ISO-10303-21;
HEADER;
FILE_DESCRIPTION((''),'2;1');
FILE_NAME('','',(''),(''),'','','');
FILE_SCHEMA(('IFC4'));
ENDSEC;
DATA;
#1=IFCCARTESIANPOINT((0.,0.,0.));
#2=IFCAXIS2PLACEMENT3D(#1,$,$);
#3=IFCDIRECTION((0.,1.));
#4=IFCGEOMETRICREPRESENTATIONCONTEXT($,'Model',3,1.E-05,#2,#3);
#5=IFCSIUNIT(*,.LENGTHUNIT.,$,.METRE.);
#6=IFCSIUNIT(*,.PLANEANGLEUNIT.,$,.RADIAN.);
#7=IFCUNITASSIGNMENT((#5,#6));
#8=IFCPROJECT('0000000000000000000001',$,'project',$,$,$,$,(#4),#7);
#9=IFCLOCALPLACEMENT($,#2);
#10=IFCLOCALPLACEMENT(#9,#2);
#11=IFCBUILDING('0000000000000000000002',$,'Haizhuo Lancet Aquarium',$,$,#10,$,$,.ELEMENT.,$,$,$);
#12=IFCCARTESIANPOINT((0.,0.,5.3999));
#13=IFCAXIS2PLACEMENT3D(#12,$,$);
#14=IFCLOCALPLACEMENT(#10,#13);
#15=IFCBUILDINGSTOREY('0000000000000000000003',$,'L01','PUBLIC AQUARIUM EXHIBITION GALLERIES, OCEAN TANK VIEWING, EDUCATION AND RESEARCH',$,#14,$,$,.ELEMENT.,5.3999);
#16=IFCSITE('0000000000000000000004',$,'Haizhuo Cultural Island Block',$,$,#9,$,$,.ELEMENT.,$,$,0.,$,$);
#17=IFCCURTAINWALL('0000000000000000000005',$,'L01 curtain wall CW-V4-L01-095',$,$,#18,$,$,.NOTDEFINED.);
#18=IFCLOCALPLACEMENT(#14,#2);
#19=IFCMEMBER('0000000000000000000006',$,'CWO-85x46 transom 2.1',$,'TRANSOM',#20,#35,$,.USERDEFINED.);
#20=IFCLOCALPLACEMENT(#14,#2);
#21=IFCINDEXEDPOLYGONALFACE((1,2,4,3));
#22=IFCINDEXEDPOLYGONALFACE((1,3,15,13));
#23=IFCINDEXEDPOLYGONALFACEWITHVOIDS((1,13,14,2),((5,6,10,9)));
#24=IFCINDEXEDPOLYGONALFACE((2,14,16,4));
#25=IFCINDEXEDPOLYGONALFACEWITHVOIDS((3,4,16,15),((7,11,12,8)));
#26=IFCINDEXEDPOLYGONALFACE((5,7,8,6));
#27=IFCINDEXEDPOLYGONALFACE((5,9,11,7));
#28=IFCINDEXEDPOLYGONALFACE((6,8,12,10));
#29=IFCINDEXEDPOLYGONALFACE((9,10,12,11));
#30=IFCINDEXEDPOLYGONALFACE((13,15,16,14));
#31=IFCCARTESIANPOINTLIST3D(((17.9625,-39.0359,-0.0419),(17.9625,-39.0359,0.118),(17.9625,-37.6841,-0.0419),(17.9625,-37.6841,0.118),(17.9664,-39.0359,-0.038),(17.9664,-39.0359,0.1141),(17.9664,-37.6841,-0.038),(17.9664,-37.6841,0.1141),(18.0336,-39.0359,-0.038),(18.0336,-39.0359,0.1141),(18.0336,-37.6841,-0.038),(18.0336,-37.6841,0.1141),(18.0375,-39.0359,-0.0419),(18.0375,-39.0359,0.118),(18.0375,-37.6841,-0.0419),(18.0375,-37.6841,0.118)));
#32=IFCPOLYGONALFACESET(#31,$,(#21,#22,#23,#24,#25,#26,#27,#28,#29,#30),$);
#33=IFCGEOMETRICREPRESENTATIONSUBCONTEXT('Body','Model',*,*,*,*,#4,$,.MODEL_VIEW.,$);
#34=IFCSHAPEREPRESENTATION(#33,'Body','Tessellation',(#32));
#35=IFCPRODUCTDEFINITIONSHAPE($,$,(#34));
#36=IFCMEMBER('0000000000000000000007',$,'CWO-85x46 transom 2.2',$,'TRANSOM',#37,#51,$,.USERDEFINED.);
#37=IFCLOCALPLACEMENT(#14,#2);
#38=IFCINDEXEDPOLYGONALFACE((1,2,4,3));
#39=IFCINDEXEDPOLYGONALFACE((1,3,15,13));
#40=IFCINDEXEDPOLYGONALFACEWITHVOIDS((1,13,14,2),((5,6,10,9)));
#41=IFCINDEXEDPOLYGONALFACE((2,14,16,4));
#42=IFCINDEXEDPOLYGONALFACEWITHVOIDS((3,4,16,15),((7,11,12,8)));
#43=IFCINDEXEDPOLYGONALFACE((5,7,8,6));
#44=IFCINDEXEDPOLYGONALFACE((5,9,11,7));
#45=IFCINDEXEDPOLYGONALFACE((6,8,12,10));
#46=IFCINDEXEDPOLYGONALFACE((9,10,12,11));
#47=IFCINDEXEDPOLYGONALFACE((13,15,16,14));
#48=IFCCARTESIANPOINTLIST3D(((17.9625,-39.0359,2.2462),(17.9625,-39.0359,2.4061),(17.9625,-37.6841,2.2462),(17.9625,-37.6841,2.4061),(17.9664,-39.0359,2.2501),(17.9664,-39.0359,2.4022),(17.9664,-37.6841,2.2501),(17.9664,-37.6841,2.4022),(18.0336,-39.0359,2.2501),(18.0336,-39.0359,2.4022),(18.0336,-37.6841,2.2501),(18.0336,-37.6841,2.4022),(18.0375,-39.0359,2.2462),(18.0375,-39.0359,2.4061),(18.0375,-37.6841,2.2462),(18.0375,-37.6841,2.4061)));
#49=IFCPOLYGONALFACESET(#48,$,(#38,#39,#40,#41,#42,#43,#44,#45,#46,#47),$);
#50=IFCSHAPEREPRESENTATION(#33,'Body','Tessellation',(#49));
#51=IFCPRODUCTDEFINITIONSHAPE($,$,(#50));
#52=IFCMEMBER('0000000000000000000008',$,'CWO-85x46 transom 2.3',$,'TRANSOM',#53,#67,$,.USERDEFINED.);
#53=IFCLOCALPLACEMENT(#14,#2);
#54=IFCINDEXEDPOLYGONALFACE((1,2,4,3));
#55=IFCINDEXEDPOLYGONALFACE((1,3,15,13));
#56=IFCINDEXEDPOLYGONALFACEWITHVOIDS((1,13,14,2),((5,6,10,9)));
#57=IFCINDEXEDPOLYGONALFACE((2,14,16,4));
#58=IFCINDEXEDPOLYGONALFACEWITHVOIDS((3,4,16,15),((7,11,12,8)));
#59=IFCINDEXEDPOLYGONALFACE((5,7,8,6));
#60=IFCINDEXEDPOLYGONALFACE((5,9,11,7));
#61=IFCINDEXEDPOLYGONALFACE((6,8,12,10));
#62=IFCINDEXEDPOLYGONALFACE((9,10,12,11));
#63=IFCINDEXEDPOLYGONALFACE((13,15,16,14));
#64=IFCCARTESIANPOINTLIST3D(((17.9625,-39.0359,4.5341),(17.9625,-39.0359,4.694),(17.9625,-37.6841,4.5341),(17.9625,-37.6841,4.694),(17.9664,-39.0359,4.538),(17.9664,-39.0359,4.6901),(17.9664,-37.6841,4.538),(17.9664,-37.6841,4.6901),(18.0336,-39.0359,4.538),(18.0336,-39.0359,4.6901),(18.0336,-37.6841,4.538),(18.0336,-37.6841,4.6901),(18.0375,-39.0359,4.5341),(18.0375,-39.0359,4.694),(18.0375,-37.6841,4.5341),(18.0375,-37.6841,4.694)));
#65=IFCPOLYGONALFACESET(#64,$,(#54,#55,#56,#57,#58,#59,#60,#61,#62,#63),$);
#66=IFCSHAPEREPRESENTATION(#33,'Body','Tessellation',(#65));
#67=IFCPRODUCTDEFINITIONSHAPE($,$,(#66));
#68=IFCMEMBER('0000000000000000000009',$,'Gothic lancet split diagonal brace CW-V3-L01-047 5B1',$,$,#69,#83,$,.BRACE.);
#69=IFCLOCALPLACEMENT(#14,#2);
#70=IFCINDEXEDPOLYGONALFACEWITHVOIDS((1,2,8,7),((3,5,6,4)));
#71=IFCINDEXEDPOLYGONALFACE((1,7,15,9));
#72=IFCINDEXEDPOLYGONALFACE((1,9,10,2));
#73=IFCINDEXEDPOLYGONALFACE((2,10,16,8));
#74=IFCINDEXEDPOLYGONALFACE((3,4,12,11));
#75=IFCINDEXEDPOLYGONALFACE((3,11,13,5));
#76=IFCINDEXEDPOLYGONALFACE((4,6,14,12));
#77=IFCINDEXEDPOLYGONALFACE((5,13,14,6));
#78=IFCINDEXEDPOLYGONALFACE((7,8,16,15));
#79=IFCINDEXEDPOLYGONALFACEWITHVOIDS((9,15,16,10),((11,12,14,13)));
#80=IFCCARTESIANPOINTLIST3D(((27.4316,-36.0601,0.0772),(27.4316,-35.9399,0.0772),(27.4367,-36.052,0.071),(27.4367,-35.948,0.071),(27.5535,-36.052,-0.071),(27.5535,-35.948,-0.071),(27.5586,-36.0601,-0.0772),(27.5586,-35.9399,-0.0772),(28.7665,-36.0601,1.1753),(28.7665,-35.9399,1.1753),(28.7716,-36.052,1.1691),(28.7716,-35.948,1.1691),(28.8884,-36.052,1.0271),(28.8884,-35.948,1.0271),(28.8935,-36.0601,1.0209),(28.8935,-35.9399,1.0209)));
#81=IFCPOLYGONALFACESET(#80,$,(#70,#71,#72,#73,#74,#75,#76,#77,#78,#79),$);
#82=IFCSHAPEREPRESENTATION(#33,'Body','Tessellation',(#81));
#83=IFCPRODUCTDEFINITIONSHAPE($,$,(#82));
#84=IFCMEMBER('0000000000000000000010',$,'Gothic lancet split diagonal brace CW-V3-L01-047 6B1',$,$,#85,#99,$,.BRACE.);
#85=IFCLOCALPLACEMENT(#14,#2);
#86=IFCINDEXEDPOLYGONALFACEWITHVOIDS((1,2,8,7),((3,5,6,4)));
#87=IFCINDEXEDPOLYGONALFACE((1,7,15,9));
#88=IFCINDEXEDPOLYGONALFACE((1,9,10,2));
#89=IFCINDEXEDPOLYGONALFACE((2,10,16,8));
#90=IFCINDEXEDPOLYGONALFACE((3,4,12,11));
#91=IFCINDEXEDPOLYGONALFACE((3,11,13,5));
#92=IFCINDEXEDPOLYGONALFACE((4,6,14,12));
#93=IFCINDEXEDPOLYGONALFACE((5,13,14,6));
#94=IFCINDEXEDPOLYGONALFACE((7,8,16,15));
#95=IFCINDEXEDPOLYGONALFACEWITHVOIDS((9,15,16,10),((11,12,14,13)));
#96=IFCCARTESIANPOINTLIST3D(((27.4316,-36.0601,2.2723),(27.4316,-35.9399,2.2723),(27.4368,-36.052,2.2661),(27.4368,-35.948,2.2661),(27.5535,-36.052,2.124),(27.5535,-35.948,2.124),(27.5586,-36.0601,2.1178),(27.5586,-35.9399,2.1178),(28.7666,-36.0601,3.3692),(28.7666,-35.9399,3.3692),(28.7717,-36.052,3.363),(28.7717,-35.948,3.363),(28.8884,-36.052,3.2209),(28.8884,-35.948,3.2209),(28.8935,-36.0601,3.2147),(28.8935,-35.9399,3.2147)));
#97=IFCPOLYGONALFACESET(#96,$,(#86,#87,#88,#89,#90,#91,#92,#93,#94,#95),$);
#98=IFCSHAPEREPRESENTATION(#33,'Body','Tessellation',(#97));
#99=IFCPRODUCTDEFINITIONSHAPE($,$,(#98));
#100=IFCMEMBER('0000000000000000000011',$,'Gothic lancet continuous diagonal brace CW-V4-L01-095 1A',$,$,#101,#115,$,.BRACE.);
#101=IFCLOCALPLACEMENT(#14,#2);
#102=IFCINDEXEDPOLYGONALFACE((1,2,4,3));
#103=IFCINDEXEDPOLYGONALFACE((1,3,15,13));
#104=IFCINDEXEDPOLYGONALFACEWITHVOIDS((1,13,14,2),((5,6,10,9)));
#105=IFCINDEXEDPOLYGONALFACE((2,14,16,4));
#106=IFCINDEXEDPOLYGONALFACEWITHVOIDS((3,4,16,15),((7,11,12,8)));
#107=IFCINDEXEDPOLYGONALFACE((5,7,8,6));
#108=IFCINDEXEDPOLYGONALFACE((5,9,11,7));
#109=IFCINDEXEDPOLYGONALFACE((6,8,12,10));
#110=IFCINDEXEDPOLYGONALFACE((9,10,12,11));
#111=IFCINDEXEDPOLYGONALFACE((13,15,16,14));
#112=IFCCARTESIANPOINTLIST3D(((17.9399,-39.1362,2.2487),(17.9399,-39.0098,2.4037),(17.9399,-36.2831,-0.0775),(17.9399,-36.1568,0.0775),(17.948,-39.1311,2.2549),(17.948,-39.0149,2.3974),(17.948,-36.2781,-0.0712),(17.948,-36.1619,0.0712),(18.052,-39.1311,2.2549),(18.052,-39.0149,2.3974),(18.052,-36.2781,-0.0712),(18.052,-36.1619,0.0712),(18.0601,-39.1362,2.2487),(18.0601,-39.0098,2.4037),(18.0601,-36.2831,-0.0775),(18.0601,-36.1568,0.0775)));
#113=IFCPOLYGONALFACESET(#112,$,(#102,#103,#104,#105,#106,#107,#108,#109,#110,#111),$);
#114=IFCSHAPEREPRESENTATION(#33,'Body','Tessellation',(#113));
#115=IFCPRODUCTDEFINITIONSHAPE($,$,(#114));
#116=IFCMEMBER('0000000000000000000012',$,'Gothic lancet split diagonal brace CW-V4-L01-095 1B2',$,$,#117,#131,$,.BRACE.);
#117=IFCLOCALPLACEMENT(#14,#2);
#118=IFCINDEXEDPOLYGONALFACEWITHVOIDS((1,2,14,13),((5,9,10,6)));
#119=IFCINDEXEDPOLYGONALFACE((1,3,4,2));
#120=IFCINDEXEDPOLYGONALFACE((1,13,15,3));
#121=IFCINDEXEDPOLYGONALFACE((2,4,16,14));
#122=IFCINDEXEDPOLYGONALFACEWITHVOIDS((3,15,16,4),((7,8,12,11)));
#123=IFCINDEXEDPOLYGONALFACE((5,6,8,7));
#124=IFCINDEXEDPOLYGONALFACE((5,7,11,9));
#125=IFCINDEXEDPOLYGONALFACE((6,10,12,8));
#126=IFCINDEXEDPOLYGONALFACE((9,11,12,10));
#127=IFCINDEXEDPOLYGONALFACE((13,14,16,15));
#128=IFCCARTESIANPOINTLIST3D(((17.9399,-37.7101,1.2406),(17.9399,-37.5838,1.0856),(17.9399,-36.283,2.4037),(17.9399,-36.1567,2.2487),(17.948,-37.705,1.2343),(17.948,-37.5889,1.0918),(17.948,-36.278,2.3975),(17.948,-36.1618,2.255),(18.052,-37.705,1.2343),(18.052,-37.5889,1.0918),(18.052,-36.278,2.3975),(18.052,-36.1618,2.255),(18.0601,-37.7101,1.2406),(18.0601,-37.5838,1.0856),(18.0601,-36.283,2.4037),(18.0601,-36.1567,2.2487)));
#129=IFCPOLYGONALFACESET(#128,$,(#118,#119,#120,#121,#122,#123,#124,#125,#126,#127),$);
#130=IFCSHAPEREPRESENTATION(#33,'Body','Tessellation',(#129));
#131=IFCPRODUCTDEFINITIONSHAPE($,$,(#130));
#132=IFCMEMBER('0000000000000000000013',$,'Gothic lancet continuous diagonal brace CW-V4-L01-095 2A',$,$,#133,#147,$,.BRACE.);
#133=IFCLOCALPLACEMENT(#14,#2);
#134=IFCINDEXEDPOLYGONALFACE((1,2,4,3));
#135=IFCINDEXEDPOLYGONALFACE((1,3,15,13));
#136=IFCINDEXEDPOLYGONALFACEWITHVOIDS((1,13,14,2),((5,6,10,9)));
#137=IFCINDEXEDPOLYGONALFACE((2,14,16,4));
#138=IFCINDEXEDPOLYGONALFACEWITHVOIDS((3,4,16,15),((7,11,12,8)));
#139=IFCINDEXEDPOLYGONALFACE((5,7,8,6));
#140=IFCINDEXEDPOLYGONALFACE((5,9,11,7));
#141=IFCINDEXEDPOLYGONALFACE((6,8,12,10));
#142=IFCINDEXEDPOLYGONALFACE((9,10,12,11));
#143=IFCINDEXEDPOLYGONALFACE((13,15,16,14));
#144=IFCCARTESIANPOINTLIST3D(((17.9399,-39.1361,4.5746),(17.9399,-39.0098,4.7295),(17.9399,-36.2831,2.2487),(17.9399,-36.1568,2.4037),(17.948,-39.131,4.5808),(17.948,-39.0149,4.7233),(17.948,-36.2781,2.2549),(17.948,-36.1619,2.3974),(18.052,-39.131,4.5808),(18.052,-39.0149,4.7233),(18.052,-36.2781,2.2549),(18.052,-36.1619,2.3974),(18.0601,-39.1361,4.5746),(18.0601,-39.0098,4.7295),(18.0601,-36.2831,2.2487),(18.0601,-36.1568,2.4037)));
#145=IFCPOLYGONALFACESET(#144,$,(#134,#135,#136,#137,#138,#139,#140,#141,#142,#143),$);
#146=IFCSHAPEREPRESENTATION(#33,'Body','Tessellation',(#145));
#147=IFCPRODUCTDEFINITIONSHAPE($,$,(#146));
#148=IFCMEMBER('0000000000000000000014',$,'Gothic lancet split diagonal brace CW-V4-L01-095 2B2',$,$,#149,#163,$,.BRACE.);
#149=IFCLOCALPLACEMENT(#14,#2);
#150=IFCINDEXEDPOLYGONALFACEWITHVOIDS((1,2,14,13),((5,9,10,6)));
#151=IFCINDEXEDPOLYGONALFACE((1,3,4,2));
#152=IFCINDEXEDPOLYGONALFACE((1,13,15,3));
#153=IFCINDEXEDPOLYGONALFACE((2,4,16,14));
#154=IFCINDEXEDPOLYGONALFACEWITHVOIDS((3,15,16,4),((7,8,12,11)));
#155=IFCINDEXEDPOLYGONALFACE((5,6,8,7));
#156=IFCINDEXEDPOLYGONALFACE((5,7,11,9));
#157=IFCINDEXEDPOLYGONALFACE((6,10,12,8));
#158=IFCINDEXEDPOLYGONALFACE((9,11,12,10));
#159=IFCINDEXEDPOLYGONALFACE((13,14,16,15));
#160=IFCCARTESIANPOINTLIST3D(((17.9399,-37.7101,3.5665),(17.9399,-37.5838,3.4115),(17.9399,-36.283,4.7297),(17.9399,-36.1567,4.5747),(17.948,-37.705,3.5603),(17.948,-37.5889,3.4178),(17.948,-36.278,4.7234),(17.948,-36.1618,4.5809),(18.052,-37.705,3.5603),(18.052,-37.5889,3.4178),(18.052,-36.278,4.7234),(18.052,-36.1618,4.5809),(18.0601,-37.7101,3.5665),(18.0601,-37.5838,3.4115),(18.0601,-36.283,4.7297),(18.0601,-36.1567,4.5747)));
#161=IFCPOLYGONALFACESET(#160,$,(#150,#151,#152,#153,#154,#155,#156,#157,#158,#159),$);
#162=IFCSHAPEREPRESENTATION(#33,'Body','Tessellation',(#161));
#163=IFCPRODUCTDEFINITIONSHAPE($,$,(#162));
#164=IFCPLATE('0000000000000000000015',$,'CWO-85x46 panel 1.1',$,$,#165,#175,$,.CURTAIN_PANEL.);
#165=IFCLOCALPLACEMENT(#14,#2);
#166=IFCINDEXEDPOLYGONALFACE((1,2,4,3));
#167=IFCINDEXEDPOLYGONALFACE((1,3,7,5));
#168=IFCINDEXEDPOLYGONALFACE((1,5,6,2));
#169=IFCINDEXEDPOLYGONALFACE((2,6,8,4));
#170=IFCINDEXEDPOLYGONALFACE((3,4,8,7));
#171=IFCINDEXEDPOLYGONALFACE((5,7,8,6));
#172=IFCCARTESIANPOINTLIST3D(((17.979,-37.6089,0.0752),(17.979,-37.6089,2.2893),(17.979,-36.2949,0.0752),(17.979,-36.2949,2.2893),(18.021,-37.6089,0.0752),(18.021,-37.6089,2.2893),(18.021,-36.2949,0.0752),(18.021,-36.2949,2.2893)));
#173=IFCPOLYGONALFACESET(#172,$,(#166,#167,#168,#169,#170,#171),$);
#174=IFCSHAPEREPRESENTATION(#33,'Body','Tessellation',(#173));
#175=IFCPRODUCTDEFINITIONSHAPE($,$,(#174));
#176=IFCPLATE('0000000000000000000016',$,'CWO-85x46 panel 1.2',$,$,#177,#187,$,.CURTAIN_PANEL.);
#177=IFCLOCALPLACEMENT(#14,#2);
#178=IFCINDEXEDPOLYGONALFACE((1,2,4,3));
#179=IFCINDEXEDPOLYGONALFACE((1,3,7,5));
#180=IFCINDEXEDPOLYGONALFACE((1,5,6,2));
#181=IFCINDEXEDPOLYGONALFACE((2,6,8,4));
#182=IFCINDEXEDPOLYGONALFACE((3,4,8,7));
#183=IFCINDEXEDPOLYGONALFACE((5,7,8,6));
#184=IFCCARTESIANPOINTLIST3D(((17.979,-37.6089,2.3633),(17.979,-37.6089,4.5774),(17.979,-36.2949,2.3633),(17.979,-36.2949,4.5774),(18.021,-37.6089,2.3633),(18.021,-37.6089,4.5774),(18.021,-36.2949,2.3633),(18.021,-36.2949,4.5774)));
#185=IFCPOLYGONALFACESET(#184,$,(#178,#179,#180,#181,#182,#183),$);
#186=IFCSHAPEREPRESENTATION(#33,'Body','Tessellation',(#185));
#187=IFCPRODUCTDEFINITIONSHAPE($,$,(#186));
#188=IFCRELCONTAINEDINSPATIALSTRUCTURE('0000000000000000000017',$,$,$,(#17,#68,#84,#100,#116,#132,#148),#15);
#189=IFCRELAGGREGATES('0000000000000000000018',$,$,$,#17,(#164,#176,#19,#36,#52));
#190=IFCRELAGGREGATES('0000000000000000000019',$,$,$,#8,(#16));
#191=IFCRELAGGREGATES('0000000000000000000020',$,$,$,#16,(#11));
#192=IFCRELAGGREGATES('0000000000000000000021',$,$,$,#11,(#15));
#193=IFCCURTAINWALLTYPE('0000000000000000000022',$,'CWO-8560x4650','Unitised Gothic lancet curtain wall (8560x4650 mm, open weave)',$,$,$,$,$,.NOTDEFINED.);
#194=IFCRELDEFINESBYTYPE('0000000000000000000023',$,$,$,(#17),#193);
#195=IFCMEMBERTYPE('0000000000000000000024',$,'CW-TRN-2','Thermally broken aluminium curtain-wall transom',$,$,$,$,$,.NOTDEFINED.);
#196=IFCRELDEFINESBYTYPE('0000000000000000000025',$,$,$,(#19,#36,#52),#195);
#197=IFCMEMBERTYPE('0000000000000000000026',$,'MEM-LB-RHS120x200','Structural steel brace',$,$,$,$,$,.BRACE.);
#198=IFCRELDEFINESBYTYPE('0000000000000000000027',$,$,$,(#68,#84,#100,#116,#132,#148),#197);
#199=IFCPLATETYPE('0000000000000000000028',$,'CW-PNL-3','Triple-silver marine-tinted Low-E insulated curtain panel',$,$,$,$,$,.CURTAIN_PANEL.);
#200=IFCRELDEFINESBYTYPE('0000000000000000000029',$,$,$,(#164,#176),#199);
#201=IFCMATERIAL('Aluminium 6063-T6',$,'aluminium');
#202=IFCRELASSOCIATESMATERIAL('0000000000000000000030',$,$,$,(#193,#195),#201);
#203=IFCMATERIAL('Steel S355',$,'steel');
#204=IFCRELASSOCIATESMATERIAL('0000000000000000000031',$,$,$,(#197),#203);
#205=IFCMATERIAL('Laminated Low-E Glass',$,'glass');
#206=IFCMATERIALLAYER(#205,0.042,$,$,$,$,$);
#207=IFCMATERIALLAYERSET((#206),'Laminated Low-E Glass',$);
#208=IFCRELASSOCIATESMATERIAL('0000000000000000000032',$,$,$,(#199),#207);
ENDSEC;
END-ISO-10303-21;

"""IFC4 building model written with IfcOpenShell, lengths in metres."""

from ifc_helpers import new_model, si_unit, direction, frame, origin, origin_2d, place, context, subcontext, project, spatial, rectangle, hollow_rectangle, extrude, material, layer, layer_set, material_profile, profile_set, type_object, element, aggregate, save


model = new_model("IFC4")

# Units and contexts
model_context = context("Model", 3, precision=1e-05, world=origin(), true_north=direction((0.0, 1.0)))
body_context = subcontext(model_context, "Body", "Model", "MODEL_VIEW")
ifc_project = project(units=[si_unit("LENGTHUNIT", "METRE"), si_unit("PLANEANGLEUNIT", "RADIAN")], contexts=[model_context])

# Site, building, storey
site_placement = place(None, origin())
site = spatial("IfcSite", under=ifc_project, at=site_placement, Name="Haizhuo Cultural Island Block", CompositionType="ELEMENT", RefElevation=0.0)
building_placement = place(site_placement, origin())
building = spatial("IfcBuilding", under=site, at=building_placement, Name="Haizhuo Lancet Aquarium", CompositionType="ELEMENT")
storey_placement = place(building_placement, frame((0.0, 0.0, 5.3999)))
storey = spatial("IfcBuildingStorey", under=building, at=storey_placement, Name="L01", Description="PUBLIC AQUARIUM EXHIBITION GALLERIES, OCEAN TANK VIEWING, EDUCATION AND RESEARCH", CompositionType="ELEMENT", Elevation=5.3999)

# Shared definitions
ifc_material_1 = material(Name="Steel S355", Category="steel")

# Curtain wall, members
ifc_material_2 = material(Name="Aluminium 6063-T6", Category="aluminium")
curtain_wall_type = type_object("IfcCurtainWallType", Name="CWO-8560x4650", Description="Unitised Gothic lancet curtain wall (8560x4650 mm, open weave)", PredefinedType="NOTDEFINED", material=ifc_material_2)
curtain_wall_placement = place(storey_placement, origin())
curtain_wall = element("IfcCurtainWall", 1, at=curtain_wall_placement, inside=storey, type_object=curtain_wall_type, Name="L01 curtain wall CW-V4-L01-095", PredefinedType="NOTDEFINED")
ifc_material_profile_1 = material_profile(ifc_material_2, hollow_rectangle(XDim=0.075, YDim=0.1599, WallThickness=0.0039, at=origin_2d()), Name="ALU-T 75x160x4")
ifc_profile_set_1 = profile_set([ifc_material_profile_1], Name="Aluminium 6063-T6")
member_type_1 = type_object("IfcMemberType", Name="CW-TRN-2", Description="Thermally broken aluminium curtain-wall transom", PredefinedType="NOTDEFINED", material=ifc_profile_set_1)
member_1_placement = place(storey_placement, frame((18.0, -37.6841, 0.0381), z_axis=(0.0, -1.0, 0.0), x_axis=(1.0, 0.0, 0.0)))
member_1 = element("IfcMember", 2, at=member_1_placement, type_object=member_type_1, Name="CWO-85x46 transom 2.1", ObjectType="TRANSOM", PredefinedType="USERDEFINED", context=body_context, shape_type="SweptSolid", body=[
    extrude(hollow_rectangle(XDim=0.075, YDim=0.1599, WallThickness=0.0039, at=origin_2d()), origin(), (0.0, 0.0, 1.0), 1.3518),
])
member_2_placement = place(storey_placement, frame((18.0, -37.6841, 2.3262), z_axis=(0.0, -1.0, 0.0), x_axis=(1.0, 0.0, 0.0)))
member_2 = element("IfcMember", 3, at=member_2_placement, type_object=member_type_1, Name="CWO-85x46 transom 2.2", ObjectType="TRANSOM", PredefinedType="USERDEFINED", context=body_context, shape_type="SweptSolid", body=[
    extrude(hollow_rectangle(XDim=0.075, YDim=0.1599, WallThickness=0.0039, at=origin_2d()), origin(), (0.0, 0.0, 1.0), 1.3518),
])
member_3_placement = place(storey_placement, frame((18.0, -37.6841, 4.614), z_axis=(0.0, -1.0, 0.0), x_axis=(1.0, 0.0, 0.0)))
member_3 = element("IfcMember", 4, at=member_3_placement, type_object=member_type_1, Name="CWO-85x46 transom 2.3", ObjectType="TRANSOM", PredefinedType="USERDEFINED", context=body_context, shape_type="SweptSolid", body=[
    extrude(hollow_rectangle(XDim=0.075, YDim=0.1599, WallThickness=0.0039, at=origin_2d()), origin(), (0.0, 0.0, 1.0), 1.3518),
])

# Members
ifc_material_profile_2 = material_profile(ifc_material_1, hollow_rectangle(XDim=0.1201, YDim=0.2, WallThickness=0.0081, at=origin_2d()), Name="RHS 120x200x8")
ifc_profile_set_2 = profile_set([ifc_material_profile_2], Name="Steel S355")
member_type_2 = type_object("IfcMemberType", Name="MEM-LB-RHS120x200", Description="Structural steel brace", PredefinedType="BRACE", material=ifc_profile_set_2)
member_4_placement = place(storey_placement, frame((27.4951, -36.0, 0.0), z_axis=(0.772281, 0.0, 0.635281), x_axis=(0.0, 1.0, 0.0)))
element("IfcMember", 5, at=member_4_placement, inside=storey, type_object=member_type_2, Name="Gothic lancet split diagonal brace CW-V3-L01-047 5B1", PredefinedType="BRACE", context=body_context, shape_type="SweptSolid", body=[
    extrude(hollow_rectangle(XDim=0.1201, YDim=0.2, WallThickness=0.0081, at=origin_2d()), origin(), (0.0, 0.0, 1.0), 1.7285),
])
member_5_placement = place(storey_placement, frame((27.4951, -36.0, 2.1951), z_axis=(0.772627, 0.0, 0.63486), x_axis=(0.0, 1.0, 0.0)))
element("IfcMember", 6, at=member_5_placement, inside=storey, type_object=member_type_2, Name="Gothic lancet split diagonal brace CW-V3-L01-047 6B1", PredefinedType="BRACE", context=body_context, shape_type="SweptSolid", body=[
    extrude(hollow_rectangle(XDim=0.1201, YDim=0.2, WallThickness=0.0081, at=origin_2d()), origin(), (0.0, 0.0, 1.0), 1.7278),
])
member_6_placement = place(storey_placement, frame((18.0, -36.22, 0.0), z_axis=(0.0, -0.775038, 0.631915), x_axis=(1.0, 0.0, 0.0)))
element("IfcMember", 7, at=member_6_placement, inside=storey, type_object=member_type_2, Name="Gothic lancet continuous diagonal brace CW-V4-L01-095 1A", PredefinedType="BRACE", context=body_context, shape_type="SweptSolid", body=[
    extrude(hollow_rectangle(XDim=0.1201, YDim=0.2, WallThickness=0.0081, at=origin_2d()), origin(), (0.0, 0.0, 1.0), 3.6812),
])
member_7_placement = place(storey_placement, frame((18.0, -37.647, 1.1631), z_axis=(0.0, 0.775144, 0.631785), x_axis=(-1.0, 0.0, 0.0)))
element("IfcMember", 8, at=member_7_placement, inside=storey, type_object=member_type_2, Name="Gothic lancet split diagonal brace CW-V4-L01-095 1B2", PredefinedType="BRACE", context=body_context, shape_type="SweptSolid", body=[
    extrude(hollow_rectangle(XDim=0.1201, YDim=0.2, WallThickness=0.0081, at=origin_2d()), origin(), (0.0, 0.0, 1.0), 1.8411),
])
member_8_placement = place(storey_placement, frame((18.0, -36.22, 2.3262), z_axis=(0.0, -0.77507, 0.631875), x_axis=(1.0, 0.0, 0.0)))
element("IfcMember", 9, at=member_8_placement, inside=storey, type_object=member_type_2, Name="Gothic lancet continuous diagonal brace CW-V4-L01-095 2A", PredefinedType="BRACE", context=body_context, shape_type="SweptSolid", body=[
    extrude(hollow_rectangle(XDim=0.1201, YDim=0.2, WallThickness=0.0081, at=origin_2d()), origin(), (0.0, 0.0, 1.0), 3.6809),
])
member_9_placement = place(storey_placement, frame((18.0, -37.647, 3.489), z_axis=(0.0, 0.775144, 0.631785), x_axis=(-1.0, 0.0, 0.0)))
element("IfcMember", 10, at=member_9_placement, inside=storey, type_object=member_type_2, Name="Gothic lancet split diagonal brace CW-V4-L01-095 2B2", PredefinedType="BRACE", context=body_context, shape_type="SweptSolid", body=[
    extrude(hollow_rectangle(XDim=0.1201, YDim=0.2, WallThickness=0.0081, at=origin_2d()), origin(), (0.0, 0.0, 1.0), 1.8411),
])

# Plates
ifc_material_3 = material(Name="Laminated Low-E Glass", Category="glass")
ifc_layer = layer(ifc_material_3, 0.042)
ifc_layer_set = layer_set([ifc_layer], Name="Laminated Low-E Glass")
plate_type = type_object("IfcPlateType", Name="CW-PNL-3", Description="Triple-silver marine-tinted Low-E insulated curtain panel", PredefinedType="CURTAIN_PANEL", material=ifc_layer_set)
plate_1_placement = place(storey_placement, frame((18.0, -36.9519, 0.0752), z_axis=(0.0, 0.0, 1.0), x_axis=(0.0, -1.0, 0.0)))
plate_1 = element("IfcPlate", 11, at=plate_1_placement, type_object=plate_type, Name="CWO-85x46 panel 1.1", PredefinedType="CURTAIN_PANEL", context=body_context, shape_type="SweptSolid", body=[
    extrude(rectangle(XDim=1.314, YDim=0.042, at=origin_2d()), origin(), (0.0, 0.0, 1.0), 2.2141),
])
plate_2_placement = place(storey_placement, frame((18.0, -36.9519, 2.3633), z_axis=(0.0, 0.0, 1.0), x_axis=(0.0, -1.0, 0.0)))
plate_2 = element("IfcPlate", 12, at=plate_2_placement, type_object=plate_type, Name="CWO-85x46 panel 1.2", PredefinedType="CURTAIN_PANEL", context=body_context, shape_type="SweptSolid", body=[
    extrude(rectangle(XDim=1.314, YDim=0.042, at=origin_2d()), origin(), (0.0, 0.0, 1.0), 2.2141),
])
aggregate(curtain_wall, [plate_1, plate_2, member_1, member_2, member_3])

save(model, "model.ifc")
